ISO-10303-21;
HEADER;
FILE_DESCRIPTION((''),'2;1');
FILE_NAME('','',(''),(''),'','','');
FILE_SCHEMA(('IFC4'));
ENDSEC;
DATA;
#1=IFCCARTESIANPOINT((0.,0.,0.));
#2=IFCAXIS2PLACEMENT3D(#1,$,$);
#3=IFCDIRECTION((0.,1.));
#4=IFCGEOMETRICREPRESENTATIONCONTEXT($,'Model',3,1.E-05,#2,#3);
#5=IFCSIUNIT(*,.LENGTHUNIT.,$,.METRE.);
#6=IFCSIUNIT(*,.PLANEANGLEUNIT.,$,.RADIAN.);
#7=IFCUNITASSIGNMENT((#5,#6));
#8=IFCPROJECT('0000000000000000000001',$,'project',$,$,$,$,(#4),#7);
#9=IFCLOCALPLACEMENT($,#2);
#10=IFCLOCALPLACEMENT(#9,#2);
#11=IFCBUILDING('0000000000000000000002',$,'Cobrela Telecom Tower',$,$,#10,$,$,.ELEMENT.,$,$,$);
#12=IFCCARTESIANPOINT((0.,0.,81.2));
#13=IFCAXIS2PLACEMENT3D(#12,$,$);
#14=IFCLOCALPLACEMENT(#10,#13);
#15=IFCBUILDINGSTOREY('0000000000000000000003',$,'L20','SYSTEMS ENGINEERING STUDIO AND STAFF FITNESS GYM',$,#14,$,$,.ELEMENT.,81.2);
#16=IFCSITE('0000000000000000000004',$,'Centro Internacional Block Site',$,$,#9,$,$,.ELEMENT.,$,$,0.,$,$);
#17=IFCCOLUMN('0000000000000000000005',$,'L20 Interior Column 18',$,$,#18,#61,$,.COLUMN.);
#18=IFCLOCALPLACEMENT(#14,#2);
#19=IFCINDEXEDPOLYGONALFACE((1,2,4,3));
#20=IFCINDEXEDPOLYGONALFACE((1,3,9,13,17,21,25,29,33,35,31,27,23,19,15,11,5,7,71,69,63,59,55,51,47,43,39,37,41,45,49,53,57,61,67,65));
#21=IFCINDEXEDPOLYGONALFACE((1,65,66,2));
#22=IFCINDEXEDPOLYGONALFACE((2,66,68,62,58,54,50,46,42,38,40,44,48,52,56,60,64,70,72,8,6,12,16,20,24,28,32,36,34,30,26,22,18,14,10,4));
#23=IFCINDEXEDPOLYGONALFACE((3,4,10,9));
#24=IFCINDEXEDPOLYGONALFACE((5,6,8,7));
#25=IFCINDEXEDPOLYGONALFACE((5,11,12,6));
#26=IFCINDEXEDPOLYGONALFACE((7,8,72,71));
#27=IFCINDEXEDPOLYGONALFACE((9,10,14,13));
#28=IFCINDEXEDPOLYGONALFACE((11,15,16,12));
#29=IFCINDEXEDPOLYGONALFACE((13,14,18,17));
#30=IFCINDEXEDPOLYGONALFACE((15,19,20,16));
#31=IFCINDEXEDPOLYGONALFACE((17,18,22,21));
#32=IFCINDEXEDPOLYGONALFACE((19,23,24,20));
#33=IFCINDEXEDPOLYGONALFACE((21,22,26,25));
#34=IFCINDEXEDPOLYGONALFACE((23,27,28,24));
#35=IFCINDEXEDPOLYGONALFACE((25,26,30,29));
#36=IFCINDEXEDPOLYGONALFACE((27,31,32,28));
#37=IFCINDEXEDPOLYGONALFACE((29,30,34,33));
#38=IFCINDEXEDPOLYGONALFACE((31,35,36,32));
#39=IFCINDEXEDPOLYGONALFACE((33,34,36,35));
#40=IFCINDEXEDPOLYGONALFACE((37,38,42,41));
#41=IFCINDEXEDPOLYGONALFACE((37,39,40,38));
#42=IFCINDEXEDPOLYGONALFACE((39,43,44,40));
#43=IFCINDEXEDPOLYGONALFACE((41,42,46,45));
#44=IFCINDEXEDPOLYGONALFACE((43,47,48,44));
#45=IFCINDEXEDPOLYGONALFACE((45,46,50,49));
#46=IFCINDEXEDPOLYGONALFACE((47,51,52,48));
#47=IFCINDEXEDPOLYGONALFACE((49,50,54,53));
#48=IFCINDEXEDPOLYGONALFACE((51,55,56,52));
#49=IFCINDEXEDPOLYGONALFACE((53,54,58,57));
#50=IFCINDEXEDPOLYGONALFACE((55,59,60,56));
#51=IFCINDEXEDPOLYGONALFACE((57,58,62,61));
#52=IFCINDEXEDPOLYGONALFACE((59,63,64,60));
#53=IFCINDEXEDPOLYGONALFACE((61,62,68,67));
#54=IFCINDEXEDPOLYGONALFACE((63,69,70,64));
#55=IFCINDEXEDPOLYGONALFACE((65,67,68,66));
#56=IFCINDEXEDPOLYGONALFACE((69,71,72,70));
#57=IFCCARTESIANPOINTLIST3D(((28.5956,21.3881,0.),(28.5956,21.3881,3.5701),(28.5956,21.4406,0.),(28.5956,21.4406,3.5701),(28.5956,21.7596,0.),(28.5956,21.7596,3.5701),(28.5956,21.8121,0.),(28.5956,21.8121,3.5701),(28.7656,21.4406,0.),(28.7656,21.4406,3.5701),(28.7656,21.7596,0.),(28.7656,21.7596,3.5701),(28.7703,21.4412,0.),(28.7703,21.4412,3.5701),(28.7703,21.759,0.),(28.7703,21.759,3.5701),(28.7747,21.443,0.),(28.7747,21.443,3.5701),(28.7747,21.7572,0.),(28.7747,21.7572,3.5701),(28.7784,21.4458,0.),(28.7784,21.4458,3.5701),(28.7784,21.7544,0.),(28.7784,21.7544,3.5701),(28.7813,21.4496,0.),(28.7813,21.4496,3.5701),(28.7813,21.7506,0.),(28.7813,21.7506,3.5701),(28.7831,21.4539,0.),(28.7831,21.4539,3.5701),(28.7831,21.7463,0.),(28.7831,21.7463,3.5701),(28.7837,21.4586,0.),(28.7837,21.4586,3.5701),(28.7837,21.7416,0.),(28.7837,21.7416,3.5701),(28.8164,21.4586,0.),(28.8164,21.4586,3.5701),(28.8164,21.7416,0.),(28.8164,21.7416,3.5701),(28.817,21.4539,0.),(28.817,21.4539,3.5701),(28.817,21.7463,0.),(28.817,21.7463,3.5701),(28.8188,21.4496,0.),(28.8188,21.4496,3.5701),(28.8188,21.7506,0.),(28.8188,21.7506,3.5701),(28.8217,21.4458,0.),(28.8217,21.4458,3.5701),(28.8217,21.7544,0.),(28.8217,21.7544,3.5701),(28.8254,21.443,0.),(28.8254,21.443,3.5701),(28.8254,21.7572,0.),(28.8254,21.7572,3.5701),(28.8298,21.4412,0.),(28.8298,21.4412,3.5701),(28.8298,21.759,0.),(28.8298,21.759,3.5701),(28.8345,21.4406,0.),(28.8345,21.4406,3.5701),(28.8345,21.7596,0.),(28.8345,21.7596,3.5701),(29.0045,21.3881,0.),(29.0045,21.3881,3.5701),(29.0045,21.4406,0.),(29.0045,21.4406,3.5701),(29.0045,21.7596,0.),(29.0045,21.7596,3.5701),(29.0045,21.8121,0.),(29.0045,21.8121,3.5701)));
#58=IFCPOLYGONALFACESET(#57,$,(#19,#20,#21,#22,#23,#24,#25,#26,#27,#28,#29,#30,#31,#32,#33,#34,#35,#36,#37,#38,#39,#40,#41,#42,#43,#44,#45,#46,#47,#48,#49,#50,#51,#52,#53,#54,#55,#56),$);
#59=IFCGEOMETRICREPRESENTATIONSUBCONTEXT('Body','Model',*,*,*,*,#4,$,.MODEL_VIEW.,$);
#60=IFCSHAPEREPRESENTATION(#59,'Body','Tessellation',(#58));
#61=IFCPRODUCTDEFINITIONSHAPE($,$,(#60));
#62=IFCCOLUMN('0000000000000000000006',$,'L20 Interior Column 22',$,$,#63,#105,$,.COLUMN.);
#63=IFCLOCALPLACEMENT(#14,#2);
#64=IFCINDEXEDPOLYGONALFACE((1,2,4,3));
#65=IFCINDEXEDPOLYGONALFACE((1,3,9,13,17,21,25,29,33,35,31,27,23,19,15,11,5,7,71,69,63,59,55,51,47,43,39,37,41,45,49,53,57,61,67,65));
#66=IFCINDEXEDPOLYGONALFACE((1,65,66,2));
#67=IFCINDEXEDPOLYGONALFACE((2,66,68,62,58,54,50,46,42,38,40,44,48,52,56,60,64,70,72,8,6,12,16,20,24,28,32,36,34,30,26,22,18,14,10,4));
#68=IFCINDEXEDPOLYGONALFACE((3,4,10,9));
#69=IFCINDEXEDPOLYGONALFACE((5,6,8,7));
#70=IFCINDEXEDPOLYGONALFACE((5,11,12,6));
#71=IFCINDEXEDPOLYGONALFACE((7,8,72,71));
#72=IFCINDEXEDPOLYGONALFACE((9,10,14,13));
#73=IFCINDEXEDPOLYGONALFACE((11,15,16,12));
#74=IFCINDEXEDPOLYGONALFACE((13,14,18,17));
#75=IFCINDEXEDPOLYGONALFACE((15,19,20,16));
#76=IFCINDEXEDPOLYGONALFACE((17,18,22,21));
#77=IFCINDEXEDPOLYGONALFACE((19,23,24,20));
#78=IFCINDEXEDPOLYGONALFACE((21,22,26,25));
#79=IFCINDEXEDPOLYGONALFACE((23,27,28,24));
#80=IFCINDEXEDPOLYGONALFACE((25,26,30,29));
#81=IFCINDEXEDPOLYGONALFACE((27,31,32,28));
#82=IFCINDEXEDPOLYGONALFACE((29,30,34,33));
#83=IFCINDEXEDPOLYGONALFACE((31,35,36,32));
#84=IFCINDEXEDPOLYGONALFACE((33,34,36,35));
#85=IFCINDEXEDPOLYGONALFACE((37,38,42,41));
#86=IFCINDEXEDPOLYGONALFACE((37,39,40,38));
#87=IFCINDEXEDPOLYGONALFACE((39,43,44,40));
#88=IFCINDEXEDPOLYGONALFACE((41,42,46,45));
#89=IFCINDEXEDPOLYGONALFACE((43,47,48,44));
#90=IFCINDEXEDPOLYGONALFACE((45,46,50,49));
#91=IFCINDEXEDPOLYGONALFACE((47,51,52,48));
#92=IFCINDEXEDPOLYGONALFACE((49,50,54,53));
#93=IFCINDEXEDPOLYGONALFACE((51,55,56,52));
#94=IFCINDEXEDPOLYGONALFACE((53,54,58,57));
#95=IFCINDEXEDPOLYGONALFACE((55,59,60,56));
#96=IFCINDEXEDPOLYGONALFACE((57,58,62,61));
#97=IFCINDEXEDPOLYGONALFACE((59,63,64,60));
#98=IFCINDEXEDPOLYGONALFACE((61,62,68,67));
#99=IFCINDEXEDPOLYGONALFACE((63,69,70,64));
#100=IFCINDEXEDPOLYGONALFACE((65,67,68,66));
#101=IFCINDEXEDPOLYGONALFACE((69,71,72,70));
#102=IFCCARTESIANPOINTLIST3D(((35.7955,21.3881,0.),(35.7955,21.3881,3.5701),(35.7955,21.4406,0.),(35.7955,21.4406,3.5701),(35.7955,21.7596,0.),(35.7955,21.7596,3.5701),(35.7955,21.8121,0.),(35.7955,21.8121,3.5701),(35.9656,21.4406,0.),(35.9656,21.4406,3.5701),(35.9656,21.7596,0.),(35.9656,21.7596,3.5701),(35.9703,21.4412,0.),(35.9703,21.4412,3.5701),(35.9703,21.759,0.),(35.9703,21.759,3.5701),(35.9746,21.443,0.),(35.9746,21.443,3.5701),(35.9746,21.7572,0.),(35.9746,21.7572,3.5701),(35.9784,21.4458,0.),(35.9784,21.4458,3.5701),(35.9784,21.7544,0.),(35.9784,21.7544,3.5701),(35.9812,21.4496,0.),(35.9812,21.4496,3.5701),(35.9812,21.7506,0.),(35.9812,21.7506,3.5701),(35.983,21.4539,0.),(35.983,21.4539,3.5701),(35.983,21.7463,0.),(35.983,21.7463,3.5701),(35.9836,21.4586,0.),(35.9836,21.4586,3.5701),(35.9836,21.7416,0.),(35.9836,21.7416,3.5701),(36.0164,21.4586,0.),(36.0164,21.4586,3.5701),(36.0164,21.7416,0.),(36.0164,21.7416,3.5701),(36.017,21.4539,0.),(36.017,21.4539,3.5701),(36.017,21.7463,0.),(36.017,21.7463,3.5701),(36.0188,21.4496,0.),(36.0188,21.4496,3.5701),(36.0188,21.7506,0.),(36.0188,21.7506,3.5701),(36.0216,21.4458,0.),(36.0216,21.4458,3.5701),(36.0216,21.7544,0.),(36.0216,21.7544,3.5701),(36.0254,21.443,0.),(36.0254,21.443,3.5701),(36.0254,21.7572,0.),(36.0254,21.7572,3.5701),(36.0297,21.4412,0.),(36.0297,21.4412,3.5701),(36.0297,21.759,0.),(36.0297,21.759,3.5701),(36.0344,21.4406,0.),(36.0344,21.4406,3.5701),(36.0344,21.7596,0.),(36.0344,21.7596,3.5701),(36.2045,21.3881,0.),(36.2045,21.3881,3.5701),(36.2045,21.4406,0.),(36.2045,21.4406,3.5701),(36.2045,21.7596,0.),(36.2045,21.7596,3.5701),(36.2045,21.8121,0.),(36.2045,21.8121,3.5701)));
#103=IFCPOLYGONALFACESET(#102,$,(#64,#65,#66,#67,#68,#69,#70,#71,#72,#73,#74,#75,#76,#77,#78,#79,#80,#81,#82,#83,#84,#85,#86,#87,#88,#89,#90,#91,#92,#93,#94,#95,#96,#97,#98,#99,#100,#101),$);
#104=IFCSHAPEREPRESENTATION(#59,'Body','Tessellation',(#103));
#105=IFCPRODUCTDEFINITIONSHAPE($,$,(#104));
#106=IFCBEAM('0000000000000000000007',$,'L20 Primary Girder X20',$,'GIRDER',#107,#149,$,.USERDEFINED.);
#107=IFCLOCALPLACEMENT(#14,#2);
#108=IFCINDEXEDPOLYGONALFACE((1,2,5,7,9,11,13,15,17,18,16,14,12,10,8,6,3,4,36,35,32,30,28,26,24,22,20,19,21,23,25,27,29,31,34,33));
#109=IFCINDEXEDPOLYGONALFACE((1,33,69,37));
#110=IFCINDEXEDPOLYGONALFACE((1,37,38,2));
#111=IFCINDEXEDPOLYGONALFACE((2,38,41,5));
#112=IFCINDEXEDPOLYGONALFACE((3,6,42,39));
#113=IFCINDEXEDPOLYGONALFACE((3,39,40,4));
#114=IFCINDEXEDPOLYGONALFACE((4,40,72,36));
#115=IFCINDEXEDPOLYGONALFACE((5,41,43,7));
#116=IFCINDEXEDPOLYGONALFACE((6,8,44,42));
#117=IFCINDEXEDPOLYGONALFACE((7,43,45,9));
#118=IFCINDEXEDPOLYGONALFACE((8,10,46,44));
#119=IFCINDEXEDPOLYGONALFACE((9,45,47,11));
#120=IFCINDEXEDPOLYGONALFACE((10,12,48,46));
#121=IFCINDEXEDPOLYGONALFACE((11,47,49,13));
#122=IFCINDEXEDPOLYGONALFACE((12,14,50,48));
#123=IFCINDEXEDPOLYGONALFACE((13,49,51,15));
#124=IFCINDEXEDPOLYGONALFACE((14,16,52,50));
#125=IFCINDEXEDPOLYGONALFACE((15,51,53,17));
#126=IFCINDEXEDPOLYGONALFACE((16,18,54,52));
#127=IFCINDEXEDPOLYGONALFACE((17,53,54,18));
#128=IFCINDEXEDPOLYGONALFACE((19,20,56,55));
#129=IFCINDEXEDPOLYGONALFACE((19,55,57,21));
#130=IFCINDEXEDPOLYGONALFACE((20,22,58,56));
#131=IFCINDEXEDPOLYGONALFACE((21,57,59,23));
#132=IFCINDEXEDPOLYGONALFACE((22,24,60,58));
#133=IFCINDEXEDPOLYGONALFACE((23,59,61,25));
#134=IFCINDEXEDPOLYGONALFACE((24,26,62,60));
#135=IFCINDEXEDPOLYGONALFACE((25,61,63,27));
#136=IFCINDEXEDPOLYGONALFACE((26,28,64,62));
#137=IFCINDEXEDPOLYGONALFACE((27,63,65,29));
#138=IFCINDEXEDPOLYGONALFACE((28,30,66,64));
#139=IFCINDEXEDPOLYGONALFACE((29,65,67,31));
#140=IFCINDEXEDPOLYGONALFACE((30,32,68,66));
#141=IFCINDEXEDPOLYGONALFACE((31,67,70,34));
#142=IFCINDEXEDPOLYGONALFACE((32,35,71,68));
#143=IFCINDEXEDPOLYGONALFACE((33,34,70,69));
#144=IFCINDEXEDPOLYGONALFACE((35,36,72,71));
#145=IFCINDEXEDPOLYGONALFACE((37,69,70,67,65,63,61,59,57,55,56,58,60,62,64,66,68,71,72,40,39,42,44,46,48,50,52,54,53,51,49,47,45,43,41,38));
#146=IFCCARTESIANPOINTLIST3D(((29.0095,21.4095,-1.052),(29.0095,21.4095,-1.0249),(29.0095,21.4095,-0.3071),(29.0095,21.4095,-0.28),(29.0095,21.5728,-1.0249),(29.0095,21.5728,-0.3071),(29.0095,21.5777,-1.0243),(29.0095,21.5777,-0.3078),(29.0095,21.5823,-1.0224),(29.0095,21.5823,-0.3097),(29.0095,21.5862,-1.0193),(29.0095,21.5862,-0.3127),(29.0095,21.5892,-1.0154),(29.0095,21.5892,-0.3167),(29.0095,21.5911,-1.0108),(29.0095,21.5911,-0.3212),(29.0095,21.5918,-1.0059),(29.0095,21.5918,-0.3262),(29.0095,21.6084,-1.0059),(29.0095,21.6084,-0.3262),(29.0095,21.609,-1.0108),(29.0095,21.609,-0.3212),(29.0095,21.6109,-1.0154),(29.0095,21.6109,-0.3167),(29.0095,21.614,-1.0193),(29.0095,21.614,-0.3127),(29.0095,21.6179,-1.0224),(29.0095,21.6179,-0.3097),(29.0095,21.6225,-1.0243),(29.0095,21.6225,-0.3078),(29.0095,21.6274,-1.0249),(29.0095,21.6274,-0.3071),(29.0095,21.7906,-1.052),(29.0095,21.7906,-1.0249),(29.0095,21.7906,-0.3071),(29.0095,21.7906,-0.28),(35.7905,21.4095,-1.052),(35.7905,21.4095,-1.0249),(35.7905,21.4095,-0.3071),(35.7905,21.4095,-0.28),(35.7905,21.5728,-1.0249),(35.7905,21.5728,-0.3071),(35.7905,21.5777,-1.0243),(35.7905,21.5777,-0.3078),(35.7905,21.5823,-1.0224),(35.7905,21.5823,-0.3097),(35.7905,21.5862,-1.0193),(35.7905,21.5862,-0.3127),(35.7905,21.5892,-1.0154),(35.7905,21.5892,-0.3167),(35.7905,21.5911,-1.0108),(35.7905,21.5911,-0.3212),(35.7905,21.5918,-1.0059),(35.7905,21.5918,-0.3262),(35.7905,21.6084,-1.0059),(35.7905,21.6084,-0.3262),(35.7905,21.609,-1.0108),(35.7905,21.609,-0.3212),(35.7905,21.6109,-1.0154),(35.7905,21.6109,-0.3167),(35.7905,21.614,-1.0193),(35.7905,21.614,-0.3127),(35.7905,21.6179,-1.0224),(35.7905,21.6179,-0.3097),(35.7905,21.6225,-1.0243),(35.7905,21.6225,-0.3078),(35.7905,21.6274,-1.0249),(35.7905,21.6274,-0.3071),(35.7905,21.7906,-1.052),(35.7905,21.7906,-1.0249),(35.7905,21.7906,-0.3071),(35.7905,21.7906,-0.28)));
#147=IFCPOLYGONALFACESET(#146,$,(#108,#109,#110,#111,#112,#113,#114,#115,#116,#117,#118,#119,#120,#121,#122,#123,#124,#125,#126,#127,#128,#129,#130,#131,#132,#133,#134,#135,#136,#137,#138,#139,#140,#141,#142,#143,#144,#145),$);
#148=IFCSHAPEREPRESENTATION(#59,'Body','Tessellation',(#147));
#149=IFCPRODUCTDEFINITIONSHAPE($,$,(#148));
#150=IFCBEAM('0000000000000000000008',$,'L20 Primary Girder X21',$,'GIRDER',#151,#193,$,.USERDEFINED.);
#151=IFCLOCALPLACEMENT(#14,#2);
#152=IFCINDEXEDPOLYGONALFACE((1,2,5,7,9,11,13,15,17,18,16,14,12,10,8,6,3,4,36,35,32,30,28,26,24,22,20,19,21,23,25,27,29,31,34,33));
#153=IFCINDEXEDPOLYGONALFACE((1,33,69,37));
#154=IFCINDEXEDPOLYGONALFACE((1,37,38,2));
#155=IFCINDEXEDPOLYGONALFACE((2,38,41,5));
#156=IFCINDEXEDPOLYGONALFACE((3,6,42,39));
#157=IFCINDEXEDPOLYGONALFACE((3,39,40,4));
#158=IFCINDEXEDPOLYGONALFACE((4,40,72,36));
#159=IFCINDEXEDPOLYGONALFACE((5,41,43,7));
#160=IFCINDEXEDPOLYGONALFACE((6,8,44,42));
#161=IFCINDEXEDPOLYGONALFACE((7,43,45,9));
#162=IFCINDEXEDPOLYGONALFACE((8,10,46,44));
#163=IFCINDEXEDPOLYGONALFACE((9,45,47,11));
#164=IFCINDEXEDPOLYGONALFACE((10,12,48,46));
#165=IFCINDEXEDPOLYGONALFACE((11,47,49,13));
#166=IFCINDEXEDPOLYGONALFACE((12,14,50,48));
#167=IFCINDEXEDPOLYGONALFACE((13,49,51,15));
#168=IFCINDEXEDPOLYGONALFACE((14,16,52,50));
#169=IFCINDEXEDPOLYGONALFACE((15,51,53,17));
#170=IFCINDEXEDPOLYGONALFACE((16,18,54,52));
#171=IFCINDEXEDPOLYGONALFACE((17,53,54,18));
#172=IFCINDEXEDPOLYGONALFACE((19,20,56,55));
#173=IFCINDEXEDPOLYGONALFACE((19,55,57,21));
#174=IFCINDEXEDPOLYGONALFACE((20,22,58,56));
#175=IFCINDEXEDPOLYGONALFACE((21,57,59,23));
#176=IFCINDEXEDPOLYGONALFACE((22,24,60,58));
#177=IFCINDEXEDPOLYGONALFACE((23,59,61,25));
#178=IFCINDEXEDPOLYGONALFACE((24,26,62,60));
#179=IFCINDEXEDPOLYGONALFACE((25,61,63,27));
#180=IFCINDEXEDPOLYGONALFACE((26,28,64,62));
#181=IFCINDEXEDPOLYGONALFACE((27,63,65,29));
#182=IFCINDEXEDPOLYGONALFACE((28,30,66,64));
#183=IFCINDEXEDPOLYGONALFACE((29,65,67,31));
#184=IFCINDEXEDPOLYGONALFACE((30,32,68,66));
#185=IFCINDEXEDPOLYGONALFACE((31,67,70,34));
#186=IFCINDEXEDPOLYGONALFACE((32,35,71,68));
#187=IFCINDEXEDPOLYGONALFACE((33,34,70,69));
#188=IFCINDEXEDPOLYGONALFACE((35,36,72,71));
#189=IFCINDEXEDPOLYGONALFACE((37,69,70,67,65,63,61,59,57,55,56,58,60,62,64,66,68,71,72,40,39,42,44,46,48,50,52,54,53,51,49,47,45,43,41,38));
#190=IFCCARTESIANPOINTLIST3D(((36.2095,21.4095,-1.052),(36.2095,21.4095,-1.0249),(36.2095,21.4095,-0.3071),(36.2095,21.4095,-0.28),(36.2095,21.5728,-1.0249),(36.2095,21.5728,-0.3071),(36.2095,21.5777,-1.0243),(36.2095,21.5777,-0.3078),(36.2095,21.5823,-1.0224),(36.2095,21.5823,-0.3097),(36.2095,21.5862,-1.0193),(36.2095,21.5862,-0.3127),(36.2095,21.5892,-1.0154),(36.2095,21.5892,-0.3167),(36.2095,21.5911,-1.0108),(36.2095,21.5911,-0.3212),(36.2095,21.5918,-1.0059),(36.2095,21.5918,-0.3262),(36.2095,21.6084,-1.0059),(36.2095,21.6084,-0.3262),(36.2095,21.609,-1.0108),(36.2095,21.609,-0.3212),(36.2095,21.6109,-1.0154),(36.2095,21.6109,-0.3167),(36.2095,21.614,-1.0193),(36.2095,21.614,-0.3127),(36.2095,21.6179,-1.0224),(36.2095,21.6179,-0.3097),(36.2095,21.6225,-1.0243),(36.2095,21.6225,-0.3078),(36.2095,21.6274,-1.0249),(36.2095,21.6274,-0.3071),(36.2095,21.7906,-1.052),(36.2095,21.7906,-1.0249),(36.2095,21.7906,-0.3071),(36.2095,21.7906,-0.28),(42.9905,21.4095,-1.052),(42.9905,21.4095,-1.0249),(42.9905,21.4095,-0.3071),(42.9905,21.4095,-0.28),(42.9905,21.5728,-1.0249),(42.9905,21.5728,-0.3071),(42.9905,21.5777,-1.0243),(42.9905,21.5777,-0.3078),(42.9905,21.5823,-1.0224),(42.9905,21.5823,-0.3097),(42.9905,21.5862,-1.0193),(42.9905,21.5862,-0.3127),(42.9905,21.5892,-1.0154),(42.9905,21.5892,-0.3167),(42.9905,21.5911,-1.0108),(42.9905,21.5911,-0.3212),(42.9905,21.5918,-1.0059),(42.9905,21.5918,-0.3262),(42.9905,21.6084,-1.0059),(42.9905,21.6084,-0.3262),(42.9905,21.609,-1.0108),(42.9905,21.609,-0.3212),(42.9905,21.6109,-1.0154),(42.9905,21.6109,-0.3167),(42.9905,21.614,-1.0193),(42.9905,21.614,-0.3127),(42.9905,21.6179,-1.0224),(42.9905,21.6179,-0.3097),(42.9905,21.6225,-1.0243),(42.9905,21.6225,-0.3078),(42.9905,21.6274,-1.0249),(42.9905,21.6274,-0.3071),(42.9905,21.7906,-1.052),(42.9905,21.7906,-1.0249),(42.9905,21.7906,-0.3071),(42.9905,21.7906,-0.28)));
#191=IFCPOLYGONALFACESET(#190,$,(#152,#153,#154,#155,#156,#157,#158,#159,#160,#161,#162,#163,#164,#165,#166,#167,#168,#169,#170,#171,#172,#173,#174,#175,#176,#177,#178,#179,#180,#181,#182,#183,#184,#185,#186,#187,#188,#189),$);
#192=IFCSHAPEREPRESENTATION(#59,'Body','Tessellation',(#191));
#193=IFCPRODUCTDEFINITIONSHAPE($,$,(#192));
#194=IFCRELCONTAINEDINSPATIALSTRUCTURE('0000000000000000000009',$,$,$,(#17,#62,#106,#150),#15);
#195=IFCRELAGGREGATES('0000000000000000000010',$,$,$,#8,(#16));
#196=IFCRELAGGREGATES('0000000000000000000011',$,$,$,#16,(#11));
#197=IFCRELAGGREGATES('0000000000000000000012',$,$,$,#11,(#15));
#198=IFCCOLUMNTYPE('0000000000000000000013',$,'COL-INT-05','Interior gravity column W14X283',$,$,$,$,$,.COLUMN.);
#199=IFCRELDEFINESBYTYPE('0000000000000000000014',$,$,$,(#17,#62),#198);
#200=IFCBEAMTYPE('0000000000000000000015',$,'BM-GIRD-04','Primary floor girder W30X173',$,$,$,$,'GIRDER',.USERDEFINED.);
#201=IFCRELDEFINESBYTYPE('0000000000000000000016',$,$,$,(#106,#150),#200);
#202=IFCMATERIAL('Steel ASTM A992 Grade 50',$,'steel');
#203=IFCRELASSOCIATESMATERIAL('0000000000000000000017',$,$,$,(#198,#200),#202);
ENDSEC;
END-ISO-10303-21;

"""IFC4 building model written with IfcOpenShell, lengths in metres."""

from ifc_helpers import new_model, si_unit, direction, frame, origin, origin_2d, place, context, subcontext, project, spatial, i_section, extrude, material, material_profile, profile_set, type_object, element, save


model = new_model("IFC4")

# Units and contexts
model_context = context("Model", 3, precision=1e-05, world=origin(), true_north=direction((0.0, 1.0)))
body_context = subcontext(model_context, "Body", "Model", "MODEL_VIEW")
ifc_project = project(units=[si_unit("LENGTHUNIT", "METRE"), si_unit("PLANEANGLEUNIT", "RADIAN")], contexts=[model_context])

# Site, building, storey
site_placement = place(None, origin())
site = spatial("IfcSite", under=ifc_project, at=site_placement, Name="Centro Internacional Block Site", CompositionType="ELEMENT", RefElevation=0.0)
building_placement = place(site_placement, origin())
building = spatial("IfcBuilding", under=site, at=building_placement, Name="Cobrela Telecom Tower", CompositionType="ELEMENT")
storey_placement = place(building_placement, frame((0.0, 0.0, 81.2)))
storey = spatial("IfcBuildingStorey", under=building, at=storey_placement, Name="L20", Description="SYSTEMS ENGINEERING STUDIO AND STAFF FITNESS GYM", CompositionType="ELEMENT", Elevation=81.2)

# Columns
ifc_material_1 = material(Name="Steel ASTM A992 Grade 50", Category="steel")
ifc_material_profile_1 = material_profile(ifc_material_1, i_section(OverallWidth=0.4089, OverallDepth=0.4241, WebThickness=0.0327, FlangeThickness=0.0525, FilletRadius=0.0181, at=origin_2d()), Name="W14X283")
ifc_profile_set_1 = profile_set([ifc_material_profile_1], Name="Steel ASTM A992 Grade 50")
column_type = type_object("IfcColumnType", Name="COL-INT-05", Description="Interior gravity column W14X283", PredefinedType="COLUMN", material=ifc_profile_set_1)
for number, where, z_axis, x_axis, name in (
    (1, (28.8, 21.6001, 0.0), (0.0, 0.0, 1.0), (1.0, 0.0, 0.0), "L20 Interior Column 18"),
    (2, (36.0, 21.6001, 0.0), (0.0, 0.0, 1.0), (1.0, 0.0, 0.0), "L20 Interior Column 22"),
):
    element("IfcColumn", number, at=place(storey_placement, frame(where, z_axis=z_axis, x_axis=x_axis)), inside=storey, type_object=column_type, Name=name, PredefinedType="COLUMN", context=body_context, shape_type="SweptSolid", body=[
        extrude(i_section(OverallWidth=0.4089, OverallDepth=0.4241, WebThickness=0.0327, FlangeThickness=0.0525, FilletRadius=0.0181, at=origin_2d()), origin(), (0.0, 0.0, 1.0), 3.5701),
    ])

# Beams
ifc_material_profile_2 = material_profile(ifc_material_1, i_section(OverallWidth=0.3811, OverallDepth=0.772, WebThickness=0.0166, FlangeThickness=0.0271, FilletRadius=0.019, at=origin_2d()), Name="W30X173")
ifc_profile_set_2 = profile_set([ifc_material_profile_2], Name="Steel ASTM A992 Grade 50")
beam_type_1 = type_object("IfcBeamType", Name="BM-GIRD-04", Description="Primary floor girder W30X173", ElementType="GIRDER", PredefinedType="USERDEFINED", material=ifc_profile_set_2)
for number, where, z_axis, x_axis, name in (
    (3, (29.0095, 21.6001, -0.666), (1.0, 0.0, 0.0), (0.0, 1.0, 0.0), "L20 Primary Girder X20"),
    (4, (36.2095, 21.6001, -0.666), (1.0, 0.0, 0.0), (0.0, 1.0, 0.0), "L20 Primary Girder X21"),
):
    element("IfcBeam", number, at=place(storey_placement, frame(where, z_axis=z_axis, x_axis=x_axis)), inside=storey, type_object=beam_type_1, Name=name, ObjectType="GIRDER", PredefinedType="USERDEFINED", context=body_context, shape_type="SweptSolid", body=[
        extrude(i_section(OverallWidth=0.3811, OverallDepth=0.772, WebThickness=0.0166, FlangeThickness=0.0271, FilletRadius=0.019, at=origin_2d()), origin(), (0.0, 0.0, 1.0), 6.781),
    ])

save(model, "model.ifc")
